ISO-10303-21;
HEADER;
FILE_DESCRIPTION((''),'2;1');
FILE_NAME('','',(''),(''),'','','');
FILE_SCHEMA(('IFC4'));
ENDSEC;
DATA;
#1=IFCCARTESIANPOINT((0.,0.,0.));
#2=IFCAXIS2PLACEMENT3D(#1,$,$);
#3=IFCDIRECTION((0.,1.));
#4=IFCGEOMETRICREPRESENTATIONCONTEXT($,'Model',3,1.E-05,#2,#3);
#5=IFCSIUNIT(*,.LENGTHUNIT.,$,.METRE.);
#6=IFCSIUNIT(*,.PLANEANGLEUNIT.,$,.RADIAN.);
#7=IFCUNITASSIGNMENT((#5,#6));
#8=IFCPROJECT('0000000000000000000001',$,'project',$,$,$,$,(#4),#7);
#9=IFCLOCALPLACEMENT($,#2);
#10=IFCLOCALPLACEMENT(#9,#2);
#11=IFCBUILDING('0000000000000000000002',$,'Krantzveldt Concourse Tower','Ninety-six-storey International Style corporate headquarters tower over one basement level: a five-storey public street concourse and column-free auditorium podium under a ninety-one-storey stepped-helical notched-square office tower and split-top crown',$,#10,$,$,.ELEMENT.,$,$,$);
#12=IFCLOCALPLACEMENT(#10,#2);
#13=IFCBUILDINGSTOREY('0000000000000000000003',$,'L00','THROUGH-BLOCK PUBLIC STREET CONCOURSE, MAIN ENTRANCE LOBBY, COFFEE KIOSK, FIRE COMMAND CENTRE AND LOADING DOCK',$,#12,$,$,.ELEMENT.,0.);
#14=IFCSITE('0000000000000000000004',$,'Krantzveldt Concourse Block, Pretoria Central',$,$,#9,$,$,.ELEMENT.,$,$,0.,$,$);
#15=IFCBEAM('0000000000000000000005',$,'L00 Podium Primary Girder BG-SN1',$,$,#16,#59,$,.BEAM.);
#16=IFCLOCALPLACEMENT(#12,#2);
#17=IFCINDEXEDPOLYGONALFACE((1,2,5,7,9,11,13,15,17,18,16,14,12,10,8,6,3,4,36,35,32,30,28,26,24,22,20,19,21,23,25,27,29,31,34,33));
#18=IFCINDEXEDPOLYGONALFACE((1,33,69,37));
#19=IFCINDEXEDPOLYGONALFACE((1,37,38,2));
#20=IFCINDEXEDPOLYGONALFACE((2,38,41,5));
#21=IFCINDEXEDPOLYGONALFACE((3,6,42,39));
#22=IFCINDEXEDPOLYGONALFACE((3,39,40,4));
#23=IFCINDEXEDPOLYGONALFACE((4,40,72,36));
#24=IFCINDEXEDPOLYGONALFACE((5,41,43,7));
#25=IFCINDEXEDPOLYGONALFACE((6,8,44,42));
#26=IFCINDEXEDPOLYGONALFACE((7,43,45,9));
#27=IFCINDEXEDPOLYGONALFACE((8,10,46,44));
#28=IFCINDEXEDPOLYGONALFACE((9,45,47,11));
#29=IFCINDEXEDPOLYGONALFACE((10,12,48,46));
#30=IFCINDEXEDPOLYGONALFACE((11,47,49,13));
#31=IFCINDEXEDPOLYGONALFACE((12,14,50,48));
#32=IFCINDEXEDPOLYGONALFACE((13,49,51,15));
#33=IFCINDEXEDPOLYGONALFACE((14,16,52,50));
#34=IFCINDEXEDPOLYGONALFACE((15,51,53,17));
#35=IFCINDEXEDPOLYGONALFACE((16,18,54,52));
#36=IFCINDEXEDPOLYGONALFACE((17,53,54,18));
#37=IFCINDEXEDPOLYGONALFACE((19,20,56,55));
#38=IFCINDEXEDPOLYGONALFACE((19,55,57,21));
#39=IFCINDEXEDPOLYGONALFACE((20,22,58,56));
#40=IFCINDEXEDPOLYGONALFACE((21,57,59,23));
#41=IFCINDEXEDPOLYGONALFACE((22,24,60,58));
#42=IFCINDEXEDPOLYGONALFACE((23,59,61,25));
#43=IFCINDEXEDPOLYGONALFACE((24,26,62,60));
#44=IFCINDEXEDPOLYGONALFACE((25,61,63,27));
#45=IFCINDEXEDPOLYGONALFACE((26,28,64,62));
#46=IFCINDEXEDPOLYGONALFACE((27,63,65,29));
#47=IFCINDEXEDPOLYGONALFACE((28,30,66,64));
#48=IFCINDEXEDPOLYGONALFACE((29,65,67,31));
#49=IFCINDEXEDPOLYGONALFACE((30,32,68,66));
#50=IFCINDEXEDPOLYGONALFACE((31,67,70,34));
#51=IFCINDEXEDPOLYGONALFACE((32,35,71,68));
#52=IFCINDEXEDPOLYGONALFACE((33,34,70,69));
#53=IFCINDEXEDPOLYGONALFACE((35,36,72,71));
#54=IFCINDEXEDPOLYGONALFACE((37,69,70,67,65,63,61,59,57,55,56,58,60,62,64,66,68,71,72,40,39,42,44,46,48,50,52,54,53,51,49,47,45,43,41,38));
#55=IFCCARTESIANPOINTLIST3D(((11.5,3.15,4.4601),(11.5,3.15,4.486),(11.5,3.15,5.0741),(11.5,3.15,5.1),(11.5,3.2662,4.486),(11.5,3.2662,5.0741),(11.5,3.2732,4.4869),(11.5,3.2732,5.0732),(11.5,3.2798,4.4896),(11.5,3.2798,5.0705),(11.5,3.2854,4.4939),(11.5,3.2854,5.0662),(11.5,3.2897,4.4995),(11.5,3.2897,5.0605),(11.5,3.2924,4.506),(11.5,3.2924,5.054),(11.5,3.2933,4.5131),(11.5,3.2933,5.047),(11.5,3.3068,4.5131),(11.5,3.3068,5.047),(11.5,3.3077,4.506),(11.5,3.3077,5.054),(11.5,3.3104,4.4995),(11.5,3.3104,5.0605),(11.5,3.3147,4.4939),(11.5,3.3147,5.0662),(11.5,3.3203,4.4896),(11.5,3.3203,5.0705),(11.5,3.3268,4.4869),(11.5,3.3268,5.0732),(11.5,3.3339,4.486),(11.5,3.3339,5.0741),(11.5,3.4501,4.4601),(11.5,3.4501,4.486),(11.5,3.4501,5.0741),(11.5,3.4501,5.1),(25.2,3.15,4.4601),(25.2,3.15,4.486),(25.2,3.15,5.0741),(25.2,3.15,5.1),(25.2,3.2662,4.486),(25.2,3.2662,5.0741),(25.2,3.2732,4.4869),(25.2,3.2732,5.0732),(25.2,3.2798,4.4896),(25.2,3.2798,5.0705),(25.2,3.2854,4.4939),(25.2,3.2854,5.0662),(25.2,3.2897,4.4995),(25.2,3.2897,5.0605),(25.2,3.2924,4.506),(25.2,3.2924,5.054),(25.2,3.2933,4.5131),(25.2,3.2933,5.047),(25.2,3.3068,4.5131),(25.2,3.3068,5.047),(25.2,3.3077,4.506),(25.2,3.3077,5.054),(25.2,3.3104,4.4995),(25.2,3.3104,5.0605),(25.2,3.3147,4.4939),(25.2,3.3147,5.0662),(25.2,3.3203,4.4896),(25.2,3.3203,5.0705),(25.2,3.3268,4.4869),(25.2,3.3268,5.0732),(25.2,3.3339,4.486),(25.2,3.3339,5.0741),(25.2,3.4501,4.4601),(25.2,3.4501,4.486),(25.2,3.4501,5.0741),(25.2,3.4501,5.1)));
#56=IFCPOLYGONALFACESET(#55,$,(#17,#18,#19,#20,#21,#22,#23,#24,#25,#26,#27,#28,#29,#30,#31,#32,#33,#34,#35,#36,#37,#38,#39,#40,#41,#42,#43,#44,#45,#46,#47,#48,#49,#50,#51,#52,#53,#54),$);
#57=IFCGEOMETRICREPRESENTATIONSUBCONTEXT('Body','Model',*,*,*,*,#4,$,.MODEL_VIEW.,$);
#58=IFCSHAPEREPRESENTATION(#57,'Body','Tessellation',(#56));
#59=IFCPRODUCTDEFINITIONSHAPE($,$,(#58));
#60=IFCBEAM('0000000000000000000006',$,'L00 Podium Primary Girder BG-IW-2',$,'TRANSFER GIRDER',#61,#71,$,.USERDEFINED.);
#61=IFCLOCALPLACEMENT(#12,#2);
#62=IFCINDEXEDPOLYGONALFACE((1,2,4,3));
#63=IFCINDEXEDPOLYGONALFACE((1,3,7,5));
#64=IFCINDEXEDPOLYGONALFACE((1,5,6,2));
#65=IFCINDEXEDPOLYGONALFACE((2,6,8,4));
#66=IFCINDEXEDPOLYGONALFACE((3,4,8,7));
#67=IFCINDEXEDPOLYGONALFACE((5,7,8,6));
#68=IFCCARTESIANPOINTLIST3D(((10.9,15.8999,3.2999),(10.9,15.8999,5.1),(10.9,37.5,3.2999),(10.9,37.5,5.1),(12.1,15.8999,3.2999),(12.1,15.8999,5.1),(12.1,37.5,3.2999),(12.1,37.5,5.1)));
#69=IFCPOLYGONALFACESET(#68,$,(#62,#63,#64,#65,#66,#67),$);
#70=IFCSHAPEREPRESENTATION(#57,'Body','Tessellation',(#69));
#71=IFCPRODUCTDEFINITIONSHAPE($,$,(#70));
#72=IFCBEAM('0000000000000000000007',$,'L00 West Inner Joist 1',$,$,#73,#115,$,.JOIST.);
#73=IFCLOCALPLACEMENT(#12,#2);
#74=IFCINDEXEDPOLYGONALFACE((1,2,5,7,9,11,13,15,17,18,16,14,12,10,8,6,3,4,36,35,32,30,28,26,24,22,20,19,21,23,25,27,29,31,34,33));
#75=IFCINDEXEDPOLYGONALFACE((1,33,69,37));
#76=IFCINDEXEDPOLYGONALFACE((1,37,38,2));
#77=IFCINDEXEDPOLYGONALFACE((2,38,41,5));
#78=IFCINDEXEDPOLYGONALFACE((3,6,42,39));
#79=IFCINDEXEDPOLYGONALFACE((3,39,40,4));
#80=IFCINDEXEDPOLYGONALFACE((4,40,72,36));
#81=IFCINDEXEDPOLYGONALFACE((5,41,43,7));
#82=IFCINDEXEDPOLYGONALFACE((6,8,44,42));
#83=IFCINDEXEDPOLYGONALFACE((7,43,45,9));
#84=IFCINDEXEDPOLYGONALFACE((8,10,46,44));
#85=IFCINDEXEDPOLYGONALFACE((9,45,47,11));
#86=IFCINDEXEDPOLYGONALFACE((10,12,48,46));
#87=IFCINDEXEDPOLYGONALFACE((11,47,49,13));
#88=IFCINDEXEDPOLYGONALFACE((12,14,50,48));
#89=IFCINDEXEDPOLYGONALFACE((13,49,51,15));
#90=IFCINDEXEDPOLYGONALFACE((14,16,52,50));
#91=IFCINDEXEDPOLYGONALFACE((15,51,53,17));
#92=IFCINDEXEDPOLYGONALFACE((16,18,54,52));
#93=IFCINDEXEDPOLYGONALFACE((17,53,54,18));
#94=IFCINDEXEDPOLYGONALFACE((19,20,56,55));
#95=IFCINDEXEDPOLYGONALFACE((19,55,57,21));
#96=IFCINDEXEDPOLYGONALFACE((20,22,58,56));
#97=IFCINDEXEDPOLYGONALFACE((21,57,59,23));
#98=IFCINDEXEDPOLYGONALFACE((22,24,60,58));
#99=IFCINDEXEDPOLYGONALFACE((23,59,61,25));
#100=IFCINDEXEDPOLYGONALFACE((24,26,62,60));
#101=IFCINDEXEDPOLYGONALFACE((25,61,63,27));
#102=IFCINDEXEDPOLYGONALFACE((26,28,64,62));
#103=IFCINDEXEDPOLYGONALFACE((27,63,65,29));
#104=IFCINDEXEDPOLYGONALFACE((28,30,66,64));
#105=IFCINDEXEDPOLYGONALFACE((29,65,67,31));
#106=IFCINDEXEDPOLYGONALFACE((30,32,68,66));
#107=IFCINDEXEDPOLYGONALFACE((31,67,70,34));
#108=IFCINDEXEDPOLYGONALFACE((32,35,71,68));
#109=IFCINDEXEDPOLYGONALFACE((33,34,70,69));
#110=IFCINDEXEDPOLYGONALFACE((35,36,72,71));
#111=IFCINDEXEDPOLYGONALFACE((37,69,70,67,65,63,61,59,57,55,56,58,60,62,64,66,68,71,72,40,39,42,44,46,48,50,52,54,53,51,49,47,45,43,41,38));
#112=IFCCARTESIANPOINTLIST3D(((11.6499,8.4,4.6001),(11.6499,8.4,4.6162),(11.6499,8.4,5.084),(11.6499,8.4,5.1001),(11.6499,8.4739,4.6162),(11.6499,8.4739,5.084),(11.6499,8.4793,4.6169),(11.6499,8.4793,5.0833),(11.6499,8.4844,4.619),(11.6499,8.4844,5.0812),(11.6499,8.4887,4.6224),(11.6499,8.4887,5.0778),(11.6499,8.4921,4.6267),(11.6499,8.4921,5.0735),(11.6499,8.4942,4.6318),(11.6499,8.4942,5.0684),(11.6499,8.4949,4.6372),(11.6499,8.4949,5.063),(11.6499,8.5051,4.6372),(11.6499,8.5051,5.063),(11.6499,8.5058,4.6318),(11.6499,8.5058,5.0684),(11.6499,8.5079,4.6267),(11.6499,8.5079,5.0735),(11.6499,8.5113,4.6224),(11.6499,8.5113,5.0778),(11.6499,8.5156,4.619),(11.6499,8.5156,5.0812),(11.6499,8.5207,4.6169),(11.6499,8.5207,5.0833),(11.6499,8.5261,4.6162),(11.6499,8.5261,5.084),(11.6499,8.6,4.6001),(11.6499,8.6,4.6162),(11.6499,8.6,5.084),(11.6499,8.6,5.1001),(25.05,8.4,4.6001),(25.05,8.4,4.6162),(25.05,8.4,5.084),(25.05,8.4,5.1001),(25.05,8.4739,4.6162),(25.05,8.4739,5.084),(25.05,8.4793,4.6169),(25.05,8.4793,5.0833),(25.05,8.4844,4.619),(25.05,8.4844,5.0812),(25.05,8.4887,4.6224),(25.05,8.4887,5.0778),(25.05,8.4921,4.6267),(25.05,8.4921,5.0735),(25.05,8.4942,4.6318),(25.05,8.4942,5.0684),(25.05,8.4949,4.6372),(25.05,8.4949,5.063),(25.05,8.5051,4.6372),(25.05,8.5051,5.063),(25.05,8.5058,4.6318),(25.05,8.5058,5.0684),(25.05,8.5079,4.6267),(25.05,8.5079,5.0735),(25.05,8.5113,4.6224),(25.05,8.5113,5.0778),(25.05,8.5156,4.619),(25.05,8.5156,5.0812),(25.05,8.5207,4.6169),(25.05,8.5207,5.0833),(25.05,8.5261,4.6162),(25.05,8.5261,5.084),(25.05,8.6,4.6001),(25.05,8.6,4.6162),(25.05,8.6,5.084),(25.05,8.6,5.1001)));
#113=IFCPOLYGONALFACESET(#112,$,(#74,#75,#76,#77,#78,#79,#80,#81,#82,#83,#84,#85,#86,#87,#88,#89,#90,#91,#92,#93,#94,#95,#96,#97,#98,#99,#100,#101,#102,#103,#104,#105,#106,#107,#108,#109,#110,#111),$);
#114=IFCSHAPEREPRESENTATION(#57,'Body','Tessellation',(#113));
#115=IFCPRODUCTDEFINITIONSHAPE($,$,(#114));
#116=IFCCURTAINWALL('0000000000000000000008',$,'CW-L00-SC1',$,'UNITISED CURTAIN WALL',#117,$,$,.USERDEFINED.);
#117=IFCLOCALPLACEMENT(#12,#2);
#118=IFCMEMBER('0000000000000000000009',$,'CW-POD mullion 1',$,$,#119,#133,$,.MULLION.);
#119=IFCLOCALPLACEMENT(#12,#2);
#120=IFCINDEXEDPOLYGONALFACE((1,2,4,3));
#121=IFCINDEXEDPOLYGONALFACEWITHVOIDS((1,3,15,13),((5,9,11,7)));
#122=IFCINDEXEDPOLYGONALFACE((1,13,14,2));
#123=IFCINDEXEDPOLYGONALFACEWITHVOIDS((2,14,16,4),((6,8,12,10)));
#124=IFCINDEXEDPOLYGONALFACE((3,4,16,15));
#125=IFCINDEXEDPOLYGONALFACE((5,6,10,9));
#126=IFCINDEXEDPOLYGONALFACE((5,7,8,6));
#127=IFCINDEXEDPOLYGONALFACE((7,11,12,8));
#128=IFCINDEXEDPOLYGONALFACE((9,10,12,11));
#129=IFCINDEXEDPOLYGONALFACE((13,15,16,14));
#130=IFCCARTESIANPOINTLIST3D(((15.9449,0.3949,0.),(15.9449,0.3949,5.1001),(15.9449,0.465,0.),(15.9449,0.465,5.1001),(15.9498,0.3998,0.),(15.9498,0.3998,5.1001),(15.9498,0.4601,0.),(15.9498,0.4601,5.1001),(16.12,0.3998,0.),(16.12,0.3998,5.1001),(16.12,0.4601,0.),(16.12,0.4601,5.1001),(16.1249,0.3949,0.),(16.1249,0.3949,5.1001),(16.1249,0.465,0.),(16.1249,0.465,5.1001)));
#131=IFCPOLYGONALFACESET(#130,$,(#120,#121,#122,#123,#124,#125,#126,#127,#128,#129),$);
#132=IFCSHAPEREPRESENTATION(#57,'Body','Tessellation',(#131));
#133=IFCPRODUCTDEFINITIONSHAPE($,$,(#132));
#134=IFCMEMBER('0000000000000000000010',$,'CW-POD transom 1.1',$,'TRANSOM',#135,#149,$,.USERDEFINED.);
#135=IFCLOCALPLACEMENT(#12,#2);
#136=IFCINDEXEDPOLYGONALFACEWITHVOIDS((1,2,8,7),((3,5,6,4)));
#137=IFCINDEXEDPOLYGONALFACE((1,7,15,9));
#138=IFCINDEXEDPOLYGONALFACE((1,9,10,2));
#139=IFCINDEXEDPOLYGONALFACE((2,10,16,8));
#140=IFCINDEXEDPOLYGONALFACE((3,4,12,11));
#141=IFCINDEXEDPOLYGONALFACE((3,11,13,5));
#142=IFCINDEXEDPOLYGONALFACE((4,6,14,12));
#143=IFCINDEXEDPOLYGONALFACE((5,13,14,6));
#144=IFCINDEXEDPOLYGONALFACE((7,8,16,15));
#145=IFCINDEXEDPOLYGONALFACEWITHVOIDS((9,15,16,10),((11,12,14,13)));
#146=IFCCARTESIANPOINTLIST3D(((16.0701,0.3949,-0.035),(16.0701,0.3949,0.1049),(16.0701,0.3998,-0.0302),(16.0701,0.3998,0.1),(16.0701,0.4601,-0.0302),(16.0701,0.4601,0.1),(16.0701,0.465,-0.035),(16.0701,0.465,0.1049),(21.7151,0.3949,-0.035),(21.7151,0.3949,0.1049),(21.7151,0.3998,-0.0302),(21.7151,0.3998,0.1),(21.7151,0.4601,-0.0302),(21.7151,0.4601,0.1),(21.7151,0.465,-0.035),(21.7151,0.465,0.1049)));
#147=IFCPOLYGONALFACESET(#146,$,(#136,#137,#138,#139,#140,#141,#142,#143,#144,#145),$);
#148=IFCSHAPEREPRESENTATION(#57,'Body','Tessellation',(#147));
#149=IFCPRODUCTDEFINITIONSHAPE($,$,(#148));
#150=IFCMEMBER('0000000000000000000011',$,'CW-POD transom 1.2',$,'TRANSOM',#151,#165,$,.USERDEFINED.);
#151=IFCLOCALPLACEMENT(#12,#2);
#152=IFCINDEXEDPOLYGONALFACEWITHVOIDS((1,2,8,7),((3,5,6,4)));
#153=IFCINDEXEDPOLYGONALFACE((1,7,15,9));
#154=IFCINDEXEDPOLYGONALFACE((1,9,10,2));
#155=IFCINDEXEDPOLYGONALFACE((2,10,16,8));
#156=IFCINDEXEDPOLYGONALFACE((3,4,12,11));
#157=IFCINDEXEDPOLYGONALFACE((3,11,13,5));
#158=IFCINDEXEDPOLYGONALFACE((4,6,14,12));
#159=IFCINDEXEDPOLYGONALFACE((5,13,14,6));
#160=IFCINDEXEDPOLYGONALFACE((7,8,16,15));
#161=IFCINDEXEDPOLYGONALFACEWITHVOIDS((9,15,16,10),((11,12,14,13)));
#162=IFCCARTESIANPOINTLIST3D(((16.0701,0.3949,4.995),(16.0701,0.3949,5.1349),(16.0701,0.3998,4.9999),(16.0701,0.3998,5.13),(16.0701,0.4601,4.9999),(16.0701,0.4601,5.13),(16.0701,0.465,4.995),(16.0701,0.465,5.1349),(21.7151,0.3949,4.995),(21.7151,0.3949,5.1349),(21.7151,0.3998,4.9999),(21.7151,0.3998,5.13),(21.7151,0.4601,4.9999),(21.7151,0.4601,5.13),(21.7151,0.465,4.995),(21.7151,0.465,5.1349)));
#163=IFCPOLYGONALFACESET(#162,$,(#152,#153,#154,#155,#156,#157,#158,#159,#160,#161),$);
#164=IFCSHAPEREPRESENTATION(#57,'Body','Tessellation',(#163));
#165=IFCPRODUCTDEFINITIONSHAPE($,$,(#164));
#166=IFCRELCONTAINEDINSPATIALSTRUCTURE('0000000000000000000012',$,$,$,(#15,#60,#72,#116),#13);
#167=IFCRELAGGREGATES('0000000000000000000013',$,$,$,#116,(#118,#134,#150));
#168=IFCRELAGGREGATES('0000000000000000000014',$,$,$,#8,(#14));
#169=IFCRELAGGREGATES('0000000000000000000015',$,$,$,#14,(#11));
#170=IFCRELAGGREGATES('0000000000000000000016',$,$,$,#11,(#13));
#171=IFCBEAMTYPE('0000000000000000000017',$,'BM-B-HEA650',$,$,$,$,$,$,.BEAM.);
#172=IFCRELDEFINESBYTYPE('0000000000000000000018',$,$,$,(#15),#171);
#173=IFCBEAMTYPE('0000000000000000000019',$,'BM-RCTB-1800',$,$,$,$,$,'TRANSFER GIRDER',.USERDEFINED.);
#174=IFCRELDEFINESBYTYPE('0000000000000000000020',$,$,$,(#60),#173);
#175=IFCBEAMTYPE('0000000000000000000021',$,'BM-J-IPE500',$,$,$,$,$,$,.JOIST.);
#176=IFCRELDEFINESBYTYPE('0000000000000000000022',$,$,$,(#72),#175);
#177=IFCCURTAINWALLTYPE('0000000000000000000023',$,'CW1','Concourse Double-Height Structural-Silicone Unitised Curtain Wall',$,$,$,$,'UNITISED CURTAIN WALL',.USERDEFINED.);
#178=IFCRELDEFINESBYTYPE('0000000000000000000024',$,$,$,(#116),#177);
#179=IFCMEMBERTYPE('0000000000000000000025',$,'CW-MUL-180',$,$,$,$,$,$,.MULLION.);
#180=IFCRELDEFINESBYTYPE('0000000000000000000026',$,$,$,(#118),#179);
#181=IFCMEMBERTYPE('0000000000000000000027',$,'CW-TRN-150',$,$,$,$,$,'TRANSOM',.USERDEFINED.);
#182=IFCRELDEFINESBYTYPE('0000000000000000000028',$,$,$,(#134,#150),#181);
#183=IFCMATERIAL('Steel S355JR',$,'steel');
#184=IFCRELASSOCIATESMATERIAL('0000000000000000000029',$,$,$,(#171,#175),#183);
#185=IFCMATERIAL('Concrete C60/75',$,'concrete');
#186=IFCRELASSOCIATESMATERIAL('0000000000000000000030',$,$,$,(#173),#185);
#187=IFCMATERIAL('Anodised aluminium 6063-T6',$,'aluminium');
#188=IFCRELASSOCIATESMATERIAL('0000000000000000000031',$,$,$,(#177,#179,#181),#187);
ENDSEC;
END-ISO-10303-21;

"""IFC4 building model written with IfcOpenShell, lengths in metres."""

from ifc_helpers import new_model, si_unit, direction, frame, origin, origin_2d, place, context, subcontext, project, spatial, rectangle, hollow_rectangle, i_section, extrude, source, transform, mapped, material, material_profile, profile_set, type_object, type_shapes, element, aggregate, save


model = new_model("IFC4")

# Units and contexts
model_context = context("Model", 3, precision=1e-05, world=origin(), true_north=direction((0.0, 1.0)))
body_context = subcontext(model_context, "Body", "Model", "MODEL_VIEW")
ifc_project = project(units=[si_unit("LENGTHUNIT", "METRE"), si_unit("PLANEANGLEUNIT", "RADIAN")], contexts=[model_context])

# Site, building, storey
site_placement = place(None, origin())
site = spatial("IfcSite", under=ifc_project, at=site_placement, Name="Krantzveldt Concourse Block, Pretoria Central", CompositionType="ELEMENT", RefElevation=0.0)
building_placement = place(site_placement, origin())
building = spatial("IfcBuilding", under=site, at=building_placement, Name="Krantzveldt Concourse Tower", Description="Ninety-six-storey International Style corporate headquarters tower over one basement level: a five-storey public street concourse and column-free auditorium podium under a ninety-one-storey stepped-helical notched-square office tower and split-top crown", CompositionType="ELEMENT")
storey_placement = place(building_placement, origin())
storey = spatial("IfcBuildingStorey", under=building, at=storey_placement, Name="L00", Description="THROUGH-BLOCK PUBLIC STREET CONCOURSE, MAIN ENTRANCE LOBBY, COFFEE KIOSK, FIRE COMMAND CENTRE AND LOADING DOCK", CompositionType="ELEMENT", Elevation=0.0)

# Shared definitions
ifc_material_1 = material(Name="Concrete C60/75", Category="concrete")

# Beams
ifc_material_2 = material(Name="Steel S355JR", Category="steel")
ifc_material_profile_1 = material_profile(ifc_material_2, i_section(OverallWidth=0.3, OverallDepth=0.6399, WebThickness=0.0134, FlangeThickness=0.0259, FilletRadius=0.0271, at=origin_2d()), Name="Steel S355JR", Category="steel")
ifc_profile_set_1 = profile_set([ifc_material_profile_1], Name="Steel S355JR - HEA 650")
beam_type_1 = type_object("IfcBeamType", Name="BM-B-HEA650", PredefinedType="BEAM", material=ifc_profile_set_1)
shared_shape_1 = source(origin(), body_context, "Body", "SweptSolid", [
    extrude(i_section(OverallWidth=0.3, OverallDepth=0.6399, WebThickness=0.0134, FlangeThickness=0.0259, FilletRadius=0.0271, at=origin_2d()), origin(), (0.0, 0.0, 1.0), 13.7),
])
type_shapes(beam_type_1, [shared_shape_1])
beam_1_placement = place(storey_placement, frame((11.5, 3.3, 4.78), z_axis=(1.0, 0.0, 0.0), x_axis=(0.0, 1.0, 0.0)))
element("IfcBeam", 1, at=beam_1_placement, inside=storey, type_object=beam_type_1, Name="L00 Podium Primary Girder BG-SN1", PredefinedType="BEAM", context=body_context, shape_type="MappedRepresentation", body=[
    mapped(shared_shape_1, transform((0.0, 0.0, 0.0), x_axis=(1.0, 0.0, 0.0), y_axis=(0.0, 1.0, 0.0), z_axis=(0.0, 0.0, 1.0), scale=1.0)),
])
ifc_material_profile_2 = material_profile(ifc_material_1, rectangle(XDim=1.2, YDim=1.8, at=origin_2d()), Name="Concrete C60/75", Category="concrete")
ifc_profile_set_2 = profile_set([ifc_material_profile_2], Name="Concrete C60/75 - RC-TB 1200x1800")
beam_type_2 = type_object("IfcBeamType", Name="BM-RCTB-1800", ElementType="TRANSFER GIRDER", PredefinedType="USERDEFINED", material=ifc_profile_set_2)
shared_shape_2 = source(origin(), body_context, "Body", "SweptSolid", [
    extrude(rectangle(XDim=1.2, YDim=1.8, at=origin_2d()), origin(), (0.0, 0.0, 1.0), 21.6001),
])
type_shapes(beam_type_2, [shared_shape_2])
beam_2_placement = place(storey_placement, frame((11.5, 15.8999, 4.2), z_axis=(0.0, 1.0, 0.0), x_axis=(-1.0, 0.0, 0.0)))
element("IfcBeam", 2, at=beam_2_placement, inside=storey, type_object=beam_type_2, Name="L00 Podium Primary Girder BG-IW-2", ObjectType="TRANSFER GIRDER", PredefinedType="USERDEFINED", context=body_context, shape_type="MappedRepresentation", body=[
    mapped(shared_shape_2, transform((0.0, 0.0, 0.0), x_axis=(1.0, 0.0, 0.0), y_axis=(0.0, 1.0, 0.0), z_axis=(0.0, 0.0, 1.0), scale=1.0)),
])
ifc_material_profile_3 = material_profile(ifc_material_2, i_section(OverallWidth=0.2, OverallDepth=0.5, WebThickness=0.0103, FlangeThickness=0.0161, FilletRadius=0.021, at=origin_2d()), Name="Steel S355JR", Category="steel")
ifc_profile_set_3 = profile_set([ifc_material_profile_3], Name="Steel S355JR - IPE 500")
beam_type_3 = type_object("IfcBeamType", Name="BM-J-IPE500", PredefinedType="JOIST", material=ifc_profile_set_3)
shared_shape_3 = source(origin(), body_context, "Body", "SweptSolid", [
    extrude(i_section(OverallWidth=0.2, OverallDepth=0.5, WebThickness=0.0103, FlangeThickness=0.0161, FilletRadius=0.021, at=origin_2d()), origin(), (0.0, 0.0, 1.0), 13.4001),
])
type_shapes(beam_type_3, [shared_shape_3])
beam_3_placement = place(storey_placement, frame((11.6499, 8.5, 4.8501), z_axis=(1.0, 0.0, 0.0), x_axis=(0.0, 1.0, 0.0)))
element("IfcBeam", 3, at=beam_3_placement, inside=storey, type_object=beam_type_3, Name="L00 West Inner Joist 1", PredefinedType="JOIST", context=body_context, shape_type="MappedRepresentation", body=[
    mapped(shared_shape_3, transform((0.0, 0.0, 0.0), x_axis=(1.0, 0.0, 0.0), y_axis=(0.0, 1.0, 0.0), z_axis=(0.0, 0.0, 1.0), scale=1.0)),
])

# Curtain wall, members
ifc_material_3 = material(Name="Anodised aluminium 6063-T6", Category="aluminium")
curtain_wall_type = type_object("IfcCurtainWallType", Name="CW1", Description="Concourse Double-Height Structural-Silicone Unitised Curtain Wall", ElementType="UNITISED CURTAIN WALL", PredefinedType="USERDEFINED", material=ifc_material_3)
curtain_wall_placement = place(storey_placement, origin())
curtain_wall = element("IfcCurtainWall", 4, at=curtain_wall_placement, inside=storey, type_object=curtain_wall_type, Name="CW-L00-SC1", ObjectType="UNITISED CURTAIN WALL", PredefinedType="USERDEFINED")
ifc_material_profile_4 = material_profile(ifc_material_3, hollow_rectangle(XDim=0.0701, YDim=0.1799, WallThickness=0.0049, at=origin_2d()), Name="Anodised aluminium 6063-T6", Category="aluminium")
ifc_profile_set_4 = profile_set([ifc_material_profile_4], Name="Anodised aluminium 6063-T6 - ALU-MULL 180x70x5")
member_type_1 = type_object("IfcMemberType", Name="CW-MUL-180", PredefinedType="MULLION", material=ifc_profile_set_4)
shared_shape_4 = source(origin(), body_context, "Body", "SweptSolid", [
    extrude(hollow_rectangle(XDim=0.0701, YDim=0.1799, WallThickness=0.0049, at=origin_2d()), origin(), (0.0, 0.0, 1.0), 5.1001),
])
type_shapes(member_type_1, [shared_shape_4])
member_1_placement = place(storey_placement, frame((16.0349, 0.4299, 0.0), z_axis=(0.0, 0.0, 1.0), x_axis=(0.0, 1.0, 0.0)))
member_1 = element("IfcMember", 5, at=member_1_placement, type_object=member_type_1, Name="CW-POD mullion 1", PredefinedType="MULLION", context=body_context, shape_type="MappedRepresentation", body=[
    mapped(shared_shape_4, transform((0.0, 0.0, 0.0), x_axis=(1.0, 0.0, 0.0), y_axis=(0.0, 1.0, 0.0), z_axis=(0.0, 0.0, 1.0), scale=1.0)),
])
ifc_material_profile_5 = material_profile(ifc_material_3, hollow_rectangle(XDim=0.0701, YDim=0.1399, WallThickness=0.0049, at=origin_2d()), Name="Anodised aluminium 6063-T6", Category="aluminium")
ifc_profile_set_5 = profile_set([ifc_material_profile_5], Name="Anodised aluminium 6063-T6 - ALU-TRAN 140x70x5")
member_type_2 = type_object("IfcMemberType", Name="CW-TRN-150", ElementType="TRANSOM", PredefinedType="USERDEFINED", material=ifc_profile_set_5)
shared_shape_5 = source(origin(), body_context, "Body", "SweptSolid", [
    extrude(hollow_rectangle(XDim=0.0701, YDim=0.1399, WallThickness=0.0049, at=origin_2d()), origin(), (0.0, 0.0, 1.0), 5.645),
])
type_shapes(member_type_2, [shared_shape_5])
member_2_placement = place(storey_placement, frame((16.0701, 0.4299, 0.0349), z_axis=(1.0, 0.0, 0.0), x_axis=(0.0, 1.0, 0.0)))
member_2 = element("IfcMember", 6, at=member_2_placement, type_object=member_type_2, Name="CW-POD transom 1.1", ObjectType="TRANSOM", PredefinedType="USERDEFINED", context=body_context, shape_type="MappedRepresentation", body=[
    mapped(shared_shape_5, transform((0.0, 0.0, 0.0), x_axis=(1.0, 0.0, 0.0), y_axis=(0.0, 1.0, 0.0), z_axis=(0.0, 0.0, 1.0), scale=1.0)),
])
member_3_placement = place(storey_placement, frame((16.0701, 0.4299, 5.0649), z_axis=(1.0, 0.0, 0.0), x_axis=(0.0, 1.0, 0.0)))
member_3 = element("IfcMember", 7, at=member_3_placement, type_object=member_type_2, Name="CW-POD transom 1.2", ObjectType="TRANSOM", PredefinedType="USERDEFINED", context=body_context, shape_type="MappedRepresentation", body=[
    mapped(shared_shape_5, transform((0.0, 0.0, 0.0), x_axis=(1.0, 0.0, 0.0), y_axis=(0.0, 1.0, 0.0), z_axis=(0.0, 0.0, 1.0), scale=1.0)),
])
aggregate(curtain_wall, [member_1, member_2, member_3])

save(model, "model.ifc")
